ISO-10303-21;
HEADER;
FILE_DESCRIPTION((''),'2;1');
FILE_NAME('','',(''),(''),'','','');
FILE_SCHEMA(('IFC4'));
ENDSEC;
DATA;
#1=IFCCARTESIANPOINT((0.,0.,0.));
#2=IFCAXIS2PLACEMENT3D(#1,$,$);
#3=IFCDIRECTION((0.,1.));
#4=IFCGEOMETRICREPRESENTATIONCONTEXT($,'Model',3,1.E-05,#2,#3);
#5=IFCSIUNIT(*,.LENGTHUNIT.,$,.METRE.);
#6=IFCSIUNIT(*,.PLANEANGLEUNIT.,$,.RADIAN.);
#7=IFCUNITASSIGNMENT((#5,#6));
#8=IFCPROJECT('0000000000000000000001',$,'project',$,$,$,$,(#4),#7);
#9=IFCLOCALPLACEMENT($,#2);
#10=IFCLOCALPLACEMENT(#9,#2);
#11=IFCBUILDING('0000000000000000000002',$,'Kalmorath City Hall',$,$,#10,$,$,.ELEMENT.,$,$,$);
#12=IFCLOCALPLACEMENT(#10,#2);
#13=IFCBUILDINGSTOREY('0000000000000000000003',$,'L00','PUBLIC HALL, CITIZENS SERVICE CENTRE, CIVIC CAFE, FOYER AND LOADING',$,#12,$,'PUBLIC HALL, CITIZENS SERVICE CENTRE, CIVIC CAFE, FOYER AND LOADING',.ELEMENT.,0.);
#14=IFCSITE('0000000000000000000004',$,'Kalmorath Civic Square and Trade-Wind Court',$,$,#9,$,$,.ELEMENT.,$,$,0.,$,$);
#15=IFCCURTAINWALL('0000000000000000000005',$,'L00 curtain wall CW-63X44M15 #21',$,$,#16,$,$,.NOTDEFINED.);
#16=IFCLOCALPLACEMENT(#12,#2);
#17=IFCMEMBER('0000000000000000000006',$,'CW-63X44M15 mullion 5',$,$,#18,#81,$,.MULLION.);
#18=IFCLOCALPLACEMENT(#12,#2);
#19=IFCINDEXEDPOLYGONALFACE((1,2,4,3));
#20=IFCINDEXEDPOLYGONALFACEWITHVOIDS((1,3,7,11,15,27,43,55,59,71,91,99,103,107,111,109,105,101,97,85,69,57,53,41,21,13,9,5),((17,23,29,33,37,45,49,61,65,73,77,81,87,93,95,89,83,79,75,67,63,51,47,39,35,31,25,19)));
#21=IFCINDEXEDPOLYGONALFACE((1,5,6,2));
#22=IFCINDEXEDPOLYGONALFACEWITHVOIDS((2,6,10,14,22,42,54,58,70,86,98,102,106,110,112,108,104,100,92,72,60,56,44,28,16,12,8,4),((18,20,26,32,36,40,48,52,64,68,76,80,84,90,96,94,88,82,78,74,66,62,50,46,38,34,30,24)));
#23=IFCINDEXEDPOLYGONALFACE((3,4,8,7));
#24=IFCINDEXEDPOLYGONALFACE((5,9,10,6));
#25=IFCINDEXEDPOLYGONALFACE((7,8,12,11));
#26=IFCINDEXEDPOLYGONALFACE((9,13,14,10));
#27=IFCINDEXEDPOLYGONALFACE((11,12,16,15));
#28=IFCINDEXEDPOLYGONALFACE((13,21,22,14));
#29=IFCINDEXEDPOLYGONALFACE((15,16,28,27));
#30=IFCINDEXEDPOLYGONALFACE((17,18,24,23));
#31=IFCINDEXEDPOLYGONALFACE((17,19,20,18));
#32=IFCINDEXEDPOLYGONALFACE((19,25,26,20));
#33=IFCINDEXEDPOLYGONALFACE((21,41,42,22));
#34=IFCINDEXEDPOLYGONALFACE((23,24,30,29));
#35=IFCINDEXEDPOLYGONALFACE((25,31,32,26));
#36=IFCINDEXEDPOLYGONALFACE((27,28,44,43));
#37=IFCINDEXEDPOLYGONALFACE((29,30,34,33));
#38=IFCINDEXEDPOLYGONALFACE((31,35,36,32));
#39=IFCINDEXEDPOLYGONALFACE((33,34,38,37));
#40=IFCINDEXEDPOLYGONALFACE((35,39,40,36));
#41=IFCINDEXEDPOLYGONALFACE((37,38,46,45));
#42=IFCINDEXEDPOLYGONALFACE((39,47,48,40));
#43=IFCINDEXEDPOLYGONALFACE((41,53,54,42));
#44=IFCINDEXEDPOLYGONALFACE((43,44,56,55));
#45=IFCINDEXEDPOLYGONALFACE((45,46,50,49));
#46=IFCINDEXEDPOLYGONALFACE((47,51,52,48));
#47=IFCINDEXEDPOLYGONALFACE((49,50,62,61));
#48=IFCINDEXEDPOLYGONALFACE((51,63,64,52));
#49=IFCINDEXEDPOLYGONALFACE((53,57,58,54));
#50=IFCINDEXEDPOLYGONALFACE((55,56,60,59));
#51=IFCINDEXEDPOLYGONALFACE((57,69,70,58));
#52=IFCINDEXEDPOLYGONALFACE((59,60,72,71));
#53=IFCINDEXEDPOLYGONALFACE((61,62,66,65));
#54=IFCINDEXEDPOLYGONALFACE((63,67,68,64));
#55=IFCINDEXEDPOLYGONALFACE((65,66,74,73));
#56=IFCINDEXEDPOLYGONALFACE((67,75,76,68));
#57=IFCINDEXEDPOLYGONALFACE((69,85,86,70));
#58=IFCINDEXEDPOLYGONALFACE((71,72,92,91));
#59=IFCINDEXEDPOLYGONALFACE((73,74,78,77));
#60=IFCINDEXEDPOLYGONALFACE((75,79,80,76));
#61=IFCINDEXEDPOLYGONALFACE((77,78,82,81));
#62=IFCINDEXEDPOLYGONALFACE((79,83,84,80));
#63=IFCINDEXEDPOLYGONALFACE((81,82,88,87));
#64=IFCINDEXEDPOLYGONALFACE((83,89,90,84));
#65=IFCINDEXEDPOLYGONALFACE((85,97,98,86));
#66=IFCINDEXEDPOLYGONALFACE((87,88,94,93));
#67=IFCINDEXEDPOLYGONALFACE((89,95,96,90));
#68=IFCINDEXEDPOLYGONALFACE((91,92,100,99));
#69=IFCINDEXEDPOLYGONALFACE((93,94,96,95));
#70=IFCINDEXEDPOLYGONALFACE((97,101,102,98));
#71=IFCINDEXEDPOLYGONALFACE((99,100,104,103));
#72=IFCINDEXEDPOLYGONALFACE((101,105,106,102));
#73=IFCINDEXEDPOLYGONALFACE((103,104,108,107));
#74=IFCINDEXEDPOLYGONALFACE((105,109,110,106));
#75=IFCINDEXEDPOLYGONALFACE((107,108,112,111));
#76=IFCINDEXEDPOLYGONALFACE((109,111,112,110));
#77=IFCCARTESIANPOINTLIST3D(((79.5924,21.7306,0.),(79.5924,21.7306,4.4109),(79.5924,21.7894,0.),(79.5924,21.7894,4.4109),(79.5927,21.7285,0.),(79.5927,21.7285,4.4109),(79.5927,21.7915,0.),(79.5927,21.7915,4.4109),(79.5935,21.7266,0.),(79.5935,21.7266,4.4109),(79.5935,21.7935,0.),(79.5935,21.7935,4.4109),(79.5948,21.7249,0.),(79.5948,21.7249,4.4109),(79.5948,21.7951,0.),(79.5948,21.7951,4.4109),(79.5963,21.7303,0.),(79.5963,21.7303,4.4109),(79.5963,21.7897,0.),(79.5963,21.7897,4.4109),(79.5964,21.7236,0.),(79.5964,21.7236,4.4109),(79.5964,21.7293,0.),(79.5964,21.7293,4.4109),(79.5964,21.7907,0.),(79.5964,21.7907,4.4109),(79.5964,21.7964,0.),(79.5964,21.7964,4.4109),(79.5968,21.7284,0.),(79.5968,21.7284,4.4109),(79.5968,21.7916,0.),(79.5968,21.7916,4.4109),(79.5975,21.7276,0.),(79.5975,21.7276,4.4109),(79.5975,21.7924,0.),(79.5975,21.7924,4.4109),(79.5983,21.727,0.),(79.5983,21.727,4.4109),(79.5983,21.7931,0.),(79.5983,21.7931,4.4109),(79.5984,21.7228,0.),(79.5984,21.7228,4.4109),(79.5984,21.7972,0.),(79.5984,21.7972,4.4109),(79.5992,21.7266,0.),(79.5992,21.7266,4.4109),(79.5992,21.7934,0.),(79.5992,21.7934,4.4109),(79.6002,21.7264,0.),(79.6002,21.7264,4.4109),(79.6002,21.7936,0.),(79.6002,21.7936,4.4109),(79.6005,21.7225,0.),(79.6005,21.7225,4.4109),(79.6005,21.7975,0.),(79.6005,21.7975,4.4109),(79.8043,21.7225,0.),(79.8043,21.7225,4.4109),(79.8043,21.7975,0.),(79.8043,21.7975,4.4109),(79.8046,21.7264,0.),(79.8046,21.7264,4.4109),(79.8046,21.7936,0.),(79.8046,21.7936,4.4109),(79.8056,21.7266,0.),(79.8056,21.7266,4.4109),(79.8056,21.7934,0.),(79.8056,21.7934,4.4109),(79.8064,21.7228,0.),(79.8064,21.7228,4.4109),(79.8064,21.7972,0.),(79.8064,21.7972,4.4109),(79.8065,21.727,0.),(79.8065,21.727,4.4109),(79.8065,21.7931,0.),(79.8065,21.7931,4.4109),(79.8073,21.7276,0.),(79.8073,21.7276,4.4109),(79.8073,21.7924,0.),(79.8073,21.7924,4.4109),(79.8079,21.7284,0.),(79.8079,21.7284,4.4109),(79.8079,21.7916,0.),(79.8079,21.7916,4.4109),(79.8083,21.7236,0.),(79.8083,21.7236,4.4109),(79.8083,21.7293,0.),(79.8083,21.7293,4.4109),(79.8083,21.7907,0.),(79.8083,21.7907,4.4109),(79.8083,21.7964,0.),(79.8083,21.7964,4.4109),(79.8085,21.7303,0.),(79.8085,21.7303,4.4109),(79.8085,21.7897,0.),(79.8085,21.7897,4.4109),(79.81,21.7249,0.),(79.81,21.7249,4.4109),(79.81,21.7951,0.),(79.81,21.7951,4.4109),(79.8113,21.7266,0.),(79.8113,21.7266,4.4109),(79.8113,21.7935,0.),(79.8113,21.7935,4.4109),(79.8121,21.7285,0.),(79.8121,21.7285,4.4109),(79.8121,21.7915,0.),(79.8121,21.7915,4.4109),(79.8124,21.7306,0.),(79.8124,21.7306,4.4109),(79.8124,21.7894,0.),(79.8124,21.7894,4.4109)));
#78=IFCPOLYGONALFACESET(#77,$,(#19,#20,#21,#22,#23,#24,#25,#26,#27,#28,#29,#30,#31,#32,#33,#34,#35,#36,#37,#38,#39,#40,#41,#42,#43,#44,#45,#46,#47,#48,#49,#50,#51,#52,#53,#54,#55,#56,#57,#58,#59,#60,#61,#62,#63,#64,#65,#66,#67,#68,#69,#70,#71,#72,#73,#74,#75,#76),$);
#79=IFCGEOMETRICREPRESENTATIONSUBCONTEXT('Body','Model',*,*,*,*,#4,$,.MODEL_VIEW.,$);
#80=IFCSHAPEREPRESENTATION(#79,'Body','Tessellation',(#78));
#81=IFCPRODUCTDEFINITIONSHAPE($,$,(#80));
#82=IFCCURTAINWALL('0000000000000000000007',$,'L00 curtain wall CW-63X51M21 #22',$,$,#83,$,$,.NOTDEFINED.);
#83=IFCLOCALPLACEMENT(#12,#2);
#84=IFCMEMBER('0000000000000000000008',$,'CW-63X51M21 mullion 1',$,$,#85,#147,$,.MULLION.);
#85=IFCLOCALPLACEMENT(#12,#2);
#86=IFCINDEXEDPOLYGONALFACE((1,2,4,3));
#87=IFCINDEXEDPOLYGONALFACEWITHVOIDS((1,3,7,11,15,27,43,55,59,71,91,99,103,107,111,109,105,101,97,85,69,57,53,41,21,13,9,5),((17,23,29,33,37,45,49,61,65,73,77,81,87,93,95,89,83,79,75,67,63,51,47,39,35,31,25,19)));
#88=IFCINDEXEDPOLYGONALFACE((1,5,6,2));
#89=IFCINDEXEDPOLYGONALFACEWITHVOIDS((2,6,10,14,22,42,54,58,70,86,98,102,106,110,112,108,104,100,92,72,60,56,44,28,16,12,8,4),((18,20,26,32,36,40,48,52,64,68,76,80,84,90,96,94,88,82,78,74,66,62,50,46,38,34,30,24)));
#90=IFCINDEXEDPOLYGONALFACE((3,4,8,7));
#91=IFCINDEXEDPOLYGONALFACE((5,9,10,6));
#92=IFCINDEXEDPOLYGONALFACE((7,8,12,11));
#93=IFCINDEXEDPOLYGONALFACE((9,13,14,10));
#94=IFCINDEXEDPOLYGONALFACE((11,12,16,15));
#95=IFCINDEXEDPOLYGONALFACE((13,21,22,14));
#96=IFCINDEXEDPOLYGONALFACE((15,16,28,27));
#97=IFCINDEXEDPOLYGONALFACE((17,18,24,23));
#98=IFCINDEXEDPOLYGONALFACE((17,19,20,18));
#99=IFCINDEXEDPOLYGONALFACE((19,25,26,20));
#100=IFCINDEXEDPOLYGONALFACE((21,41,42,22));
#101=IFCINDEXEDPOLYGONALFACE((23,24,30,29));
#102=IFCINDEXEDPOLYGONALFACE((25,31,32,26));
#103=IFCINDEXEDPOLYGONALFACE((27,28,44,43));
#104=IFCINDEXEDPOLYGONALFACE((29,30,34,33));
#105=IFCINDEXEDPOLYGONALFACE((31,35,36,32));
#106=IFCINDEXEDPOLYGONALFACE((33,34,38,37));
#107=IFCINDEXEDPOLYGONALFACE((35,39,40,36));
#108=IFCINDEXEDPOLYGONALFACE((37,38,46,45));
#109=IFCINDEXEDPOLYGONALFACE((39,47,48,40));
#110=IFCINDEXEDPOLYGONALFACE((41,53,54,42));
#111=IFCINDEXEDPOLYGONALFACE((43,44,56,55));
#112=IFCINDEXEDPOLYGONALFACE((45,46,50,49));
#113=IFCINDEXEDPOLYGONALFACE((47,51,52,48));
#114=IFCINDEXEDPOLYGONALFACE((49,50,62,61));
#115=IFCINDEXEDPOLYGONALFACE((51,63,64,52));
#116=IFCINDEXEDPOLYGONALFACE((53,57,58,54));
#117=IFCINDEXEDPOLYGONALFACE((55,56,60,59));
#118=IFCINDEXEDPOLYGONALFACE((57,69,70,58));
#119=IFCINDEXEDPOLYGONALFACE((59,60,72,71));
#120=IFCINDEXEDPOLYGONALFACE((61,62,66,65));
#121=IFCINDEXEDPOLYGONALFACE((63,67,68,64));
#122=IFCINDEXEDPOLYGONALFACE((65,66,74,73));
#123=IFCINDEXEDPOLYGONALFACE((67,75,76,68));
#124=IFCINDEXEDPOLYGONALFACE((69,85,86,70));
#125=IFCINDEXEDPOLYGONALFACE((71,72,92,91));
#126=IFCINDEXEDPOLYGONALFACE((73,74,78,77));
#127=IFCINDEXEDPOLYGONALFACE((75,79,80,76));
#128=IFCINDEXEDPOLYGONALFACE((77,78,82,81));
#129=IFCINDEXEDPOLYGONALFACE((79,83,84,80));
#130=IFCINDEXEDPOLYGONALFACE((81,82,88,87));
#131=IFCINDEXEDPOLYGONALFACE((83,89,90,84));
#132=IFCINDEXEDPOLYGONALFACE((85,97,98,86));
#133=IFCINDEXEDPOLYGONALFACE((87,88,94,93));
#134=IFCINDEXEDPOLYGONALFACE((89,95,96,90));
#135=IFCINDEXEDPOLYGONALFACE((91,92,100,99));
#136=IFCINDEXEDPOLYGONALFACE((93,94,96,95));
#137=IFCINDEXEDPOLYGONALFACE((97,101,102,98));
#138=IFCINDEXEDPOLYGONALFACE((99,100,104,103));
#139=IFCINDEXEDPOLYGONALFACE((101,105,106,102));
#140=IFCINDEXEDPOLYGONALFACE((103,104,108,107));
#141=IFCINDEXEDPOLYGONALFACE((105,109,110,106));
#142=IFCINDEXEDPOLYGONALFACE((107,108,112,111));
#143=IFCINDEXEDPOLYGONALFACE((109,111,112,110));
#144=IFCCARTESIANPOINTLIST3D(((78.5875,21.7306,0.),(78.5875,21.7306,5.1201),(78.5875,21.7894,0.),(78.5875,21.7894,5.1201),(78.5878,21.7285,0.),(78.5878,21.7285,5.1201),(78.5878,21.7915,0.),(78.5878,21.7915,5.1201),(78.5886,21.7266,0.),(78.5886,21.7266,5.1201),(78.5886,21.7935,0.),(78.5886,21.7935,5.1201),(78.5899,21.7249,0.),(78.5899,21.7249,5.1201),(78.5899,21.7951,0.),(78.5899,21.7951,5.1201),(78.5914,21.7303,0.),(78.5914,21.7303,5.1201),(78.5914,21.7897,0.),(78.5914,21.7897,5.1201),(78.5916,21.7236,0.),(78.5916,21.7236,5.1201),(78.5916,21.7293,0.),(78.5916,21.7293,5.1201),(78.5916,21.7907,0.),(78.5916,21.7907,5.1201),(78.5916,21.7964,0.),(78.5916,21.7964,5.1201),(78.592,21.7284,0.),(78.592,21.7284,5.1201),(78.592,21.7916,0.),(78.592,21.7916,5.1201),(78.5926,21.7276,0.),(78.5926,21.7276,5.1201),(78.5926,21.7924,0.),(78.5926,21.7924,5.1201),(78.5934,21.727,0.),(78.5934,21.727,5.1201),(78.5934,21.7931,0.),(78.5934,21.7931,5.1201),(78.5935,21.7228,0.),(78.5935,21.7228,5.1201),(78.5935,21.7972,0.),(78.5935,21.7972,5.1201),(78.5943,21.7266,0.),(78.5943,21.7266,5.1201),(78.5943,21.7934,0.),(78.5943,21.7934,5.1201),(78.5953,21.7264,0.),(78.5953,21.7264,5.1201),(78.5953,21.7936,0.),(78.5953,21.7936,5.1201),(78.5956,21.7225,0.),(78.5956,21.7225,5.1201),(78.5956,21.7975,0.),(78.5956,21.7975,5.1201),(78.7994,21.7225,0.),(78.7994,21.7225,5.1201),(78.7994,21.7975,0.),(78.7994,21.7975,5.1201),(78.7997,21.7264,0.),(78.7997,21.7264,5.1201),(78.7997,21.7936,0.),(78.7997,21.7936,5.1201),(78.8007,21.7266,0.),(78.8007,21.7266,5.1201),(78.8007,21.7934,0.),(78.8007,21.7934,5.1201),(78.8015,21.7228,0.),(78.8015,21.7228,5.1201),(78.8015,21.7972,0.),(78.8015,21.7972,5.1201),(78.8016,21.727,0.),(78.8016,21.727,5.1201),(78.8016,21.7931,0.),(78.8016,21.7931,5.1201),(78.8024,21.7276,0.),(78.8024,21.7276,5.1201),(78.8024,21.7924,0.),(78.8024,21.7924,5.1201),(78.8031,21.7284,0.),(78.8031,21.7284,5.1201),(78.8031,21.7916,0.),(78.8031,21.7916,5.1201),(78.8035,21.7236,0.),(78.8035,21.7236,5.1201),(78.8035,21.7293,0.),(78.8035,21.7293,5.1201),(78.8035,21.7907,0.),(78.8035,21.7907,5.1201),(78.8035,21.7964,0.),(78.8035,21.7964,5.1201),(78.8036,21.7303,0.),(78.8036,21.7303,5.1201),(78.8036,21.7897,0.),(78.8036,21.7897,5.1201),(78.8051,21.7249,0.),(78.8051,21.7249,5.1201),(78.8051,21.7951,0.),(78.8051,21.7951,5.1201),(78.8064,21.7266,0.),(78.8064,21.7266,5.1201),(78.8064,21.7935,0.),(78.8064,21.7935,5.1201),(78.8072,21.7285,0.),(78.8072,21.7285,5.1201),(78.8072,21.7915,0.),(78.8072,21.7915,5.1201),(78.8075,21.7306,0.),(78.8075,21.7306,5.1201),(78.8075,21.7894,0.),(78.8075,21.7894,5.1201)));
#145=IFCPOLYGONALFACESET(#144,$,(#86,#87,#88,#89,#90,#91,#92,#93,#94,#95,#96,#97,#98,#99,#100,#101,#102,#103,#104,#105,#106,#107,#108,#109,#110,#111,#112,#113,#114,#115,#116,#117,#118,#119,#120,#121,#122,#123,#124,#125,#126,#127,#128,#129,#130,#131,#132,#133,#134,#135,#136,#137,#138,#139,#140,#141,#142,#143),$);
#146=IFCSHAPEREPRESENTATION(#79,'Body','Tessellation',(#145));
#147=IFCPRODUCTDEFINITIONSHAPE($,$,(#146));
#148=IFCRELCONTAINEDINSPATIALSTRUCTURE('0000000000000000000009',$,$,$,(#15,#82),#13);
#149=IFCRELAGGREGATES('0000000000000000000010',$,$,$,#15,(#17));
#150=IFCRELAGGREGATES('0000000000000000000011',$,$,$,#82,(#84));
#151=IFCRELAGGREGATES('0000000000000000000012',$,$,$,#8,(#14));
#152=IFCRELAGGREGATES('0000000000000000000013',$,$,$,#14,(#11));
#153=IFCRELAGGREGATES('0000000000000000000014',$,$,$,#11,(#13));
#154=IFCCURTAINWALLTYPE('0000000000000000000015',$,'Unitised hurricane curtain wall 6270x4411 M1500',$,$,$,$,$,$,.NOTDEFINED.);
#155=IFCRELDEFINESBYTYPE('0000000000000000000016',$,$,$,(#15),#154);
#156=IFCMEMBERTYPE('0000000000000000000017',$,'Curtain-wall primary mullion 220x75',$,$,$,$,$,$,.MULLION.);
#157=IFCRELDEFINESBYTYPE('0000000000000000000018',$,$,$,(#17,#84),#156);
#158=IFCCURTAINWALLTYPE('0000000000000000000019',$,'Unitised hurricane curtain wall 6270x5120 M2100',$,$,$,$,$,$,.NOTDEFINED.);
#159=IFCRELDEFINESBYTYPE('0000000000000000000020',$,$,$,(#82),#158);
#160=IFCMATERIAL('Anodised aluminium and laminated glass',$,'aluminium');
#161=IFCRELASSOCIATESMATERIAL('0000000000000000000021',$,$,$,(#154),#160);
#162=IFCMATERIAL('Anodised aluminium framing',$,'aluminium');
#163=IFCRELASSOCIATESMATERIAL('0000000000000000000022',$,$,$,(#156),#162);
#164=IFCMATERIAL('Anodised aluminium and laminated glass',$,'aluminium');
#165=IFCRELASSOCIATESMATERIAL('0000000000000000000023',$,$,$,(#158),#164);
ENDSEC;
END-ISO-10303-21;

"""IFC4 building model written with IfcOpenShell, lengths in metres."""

from ifc_helpers import new_model, si_unit, direction, frame, origin, origin_2d, place, context, subcontext, project, spatial, hollow_rectangle, extrude, material, material_profile, profile_set, type_object, element, aggregate, save


model = new_model("IFC4")

# Units and contexts
model_context = context("Model", 3, precision=1e-05, world=origin(), true_north=direction((0.0, 1.0)))
body_context = subcontext(model_context, "Body", "Model", "MODEL_VIEW")
ifc_project = project(units=[si_unit("LENGTHUNIT", "METRE"), si_unit("PLANEANGLEUNIT", "RADIAN")], contexts=[model_context])

# Site, building, storey
site_placement = place(None, origin())
site = spatial("IfcSite", under=ifc_project, at=site_placement, Name="Kalmorath Civic Square and Trade-Wind Court", CompositionType="ELEMENT", RefElevation=0.0)
building_placement = place(site_placement, origin())
building = spatial("IfcBuilding", under=site, at=building_placement, Name="Kalmorath City Hall", CompositionType="ELEMENT")
storey_placement = place(building_placement, origin())
storey = spatial("IfcBuildingStorey", under=building, at=storey_placement, Name="L00", Description="PUBLIC HALL, CITIZENS SERVICE CENTRE, CIVIC CAFE, FOYER AND LOADING", LongName="PUBLIC HALL, CITIZENS SERVICE CENTRE, CIVIC CAFE, FOYER AND LOADING", CompositionType="ELEMENT", Elevation=0.0)

# Curtain wall, member
ifc_material_1 = material(Name="Anodised aluminium and laminated glass", Category="aluminium")
curtain_wall_type_1 = type_object("IfcCurtainWallType", Name="Unitised hurricane curtain wall 6270x4411 M1500", PredefinedType="NOTDEFINED", material=ifc_material_1)
curtain_wall_1_placement = place(storey_placement, origin())
curtain_wall_1 = element("IfcCurtainWall", 1, at=curtain_wall_1_placement, inside=storey, type_object=curtain_wall_type_1, Name="L00 curtain wall CW-63X44M15 #21", PredefinedType="NOTDEFINED")
ifc_material_2 = material(Name="Anodised aluminium framing", Category="aluminium")
ifc_material_profile_1 = material_profile(ifc_material_2, hollow_rectangle(XDim=0.075, YDim=0.22, WallThickness=0.0039, InnerFilletRadius=0.0039, OuterFilletRadius=0.0081, at=origin_2d()), Name="ALU-MUL-220X75X4")
ifc_profile_set_1 = profile_set([ifc_material_profile_1], Name="Anodised aluminium framing")
member_type_1 = type_object("IfcMemberType", Name="Curtain-wall primary mullion 220x75", PredefinedType="MULLION", material=ifc_profile_set_1)
member_1_placement = place(storey_placement, frame((79.7024, 21.76, 0.0), z_axis=(0.0, 0.0, 1.0), x_axis=(0.0, -1.0, 0.0)))
member_1 = element("IfcMember", 2, at=member_1_placement, type_object=member_type_1, Name="CW-63X44M15 mullion 5", PredefinedType="MULLION", context=body_context, shape_type="SweptSolid", body=[
    extrude(hollow_rectangle(XDim=0.075, YDim=0.22, WallThickness=0.0039, InnerFilletRadius=0.0039, OuterFilletRadius=0.0081, at=origin_2d()), origin(), (0.0, 0.0, 1.0), 4.4109),
])

# Curtain wall, member
ifc_material_3 = material(Name="Anodised aluminium and laminated glass", Category="aluminium")
curtain_wall_type_2 = type_object("IfcCurtainWallType", Name="Unitised hurricane curtain wall 6270x5120 M2100", PredefinedType="NOTDEFINED", material=ifc_material_3)
curtain_wall_2_placement = place(storey_placement, origin())
curtain_wall_2 = element("IfcCurtainWall", 3, at=curtain_wall_2_placement, inside=storey, type_object=curtain_wall_type_2, Name="L00 curtain wall CW-63X51M21 #22", PredefinedType="NOTDEFINED")
member_2_placement = place(storey_placement, frame((78.6975, 21.76, 0.0), z_axis=(0.0, 0.0, 1.0), x_axis=(0.0, -1.0, 0.0)))
member_2 = element("IfcMember", 4, at=member_2_placement, type_object=member_type_1, Name="CW-63X51M21 mullion 1", PredefinedType="MULLION", context=body_context, shape_type="SweptSolid", body=[
    extrude(hollow_rectangle(XDim=0.075, YDim=0.22, WallThickness=0.0039, InnerFilletRadius=0.0039, OuterFilletRadius=0.0081, at=origin_2d()), origin(), (0.0, 0.0, 1.0), 5.1201),
])

aggregate(curtain_wall_1, [member_1])
aggregate(curtain_wall_2, [member_2])

save(model, "model.ifc")
